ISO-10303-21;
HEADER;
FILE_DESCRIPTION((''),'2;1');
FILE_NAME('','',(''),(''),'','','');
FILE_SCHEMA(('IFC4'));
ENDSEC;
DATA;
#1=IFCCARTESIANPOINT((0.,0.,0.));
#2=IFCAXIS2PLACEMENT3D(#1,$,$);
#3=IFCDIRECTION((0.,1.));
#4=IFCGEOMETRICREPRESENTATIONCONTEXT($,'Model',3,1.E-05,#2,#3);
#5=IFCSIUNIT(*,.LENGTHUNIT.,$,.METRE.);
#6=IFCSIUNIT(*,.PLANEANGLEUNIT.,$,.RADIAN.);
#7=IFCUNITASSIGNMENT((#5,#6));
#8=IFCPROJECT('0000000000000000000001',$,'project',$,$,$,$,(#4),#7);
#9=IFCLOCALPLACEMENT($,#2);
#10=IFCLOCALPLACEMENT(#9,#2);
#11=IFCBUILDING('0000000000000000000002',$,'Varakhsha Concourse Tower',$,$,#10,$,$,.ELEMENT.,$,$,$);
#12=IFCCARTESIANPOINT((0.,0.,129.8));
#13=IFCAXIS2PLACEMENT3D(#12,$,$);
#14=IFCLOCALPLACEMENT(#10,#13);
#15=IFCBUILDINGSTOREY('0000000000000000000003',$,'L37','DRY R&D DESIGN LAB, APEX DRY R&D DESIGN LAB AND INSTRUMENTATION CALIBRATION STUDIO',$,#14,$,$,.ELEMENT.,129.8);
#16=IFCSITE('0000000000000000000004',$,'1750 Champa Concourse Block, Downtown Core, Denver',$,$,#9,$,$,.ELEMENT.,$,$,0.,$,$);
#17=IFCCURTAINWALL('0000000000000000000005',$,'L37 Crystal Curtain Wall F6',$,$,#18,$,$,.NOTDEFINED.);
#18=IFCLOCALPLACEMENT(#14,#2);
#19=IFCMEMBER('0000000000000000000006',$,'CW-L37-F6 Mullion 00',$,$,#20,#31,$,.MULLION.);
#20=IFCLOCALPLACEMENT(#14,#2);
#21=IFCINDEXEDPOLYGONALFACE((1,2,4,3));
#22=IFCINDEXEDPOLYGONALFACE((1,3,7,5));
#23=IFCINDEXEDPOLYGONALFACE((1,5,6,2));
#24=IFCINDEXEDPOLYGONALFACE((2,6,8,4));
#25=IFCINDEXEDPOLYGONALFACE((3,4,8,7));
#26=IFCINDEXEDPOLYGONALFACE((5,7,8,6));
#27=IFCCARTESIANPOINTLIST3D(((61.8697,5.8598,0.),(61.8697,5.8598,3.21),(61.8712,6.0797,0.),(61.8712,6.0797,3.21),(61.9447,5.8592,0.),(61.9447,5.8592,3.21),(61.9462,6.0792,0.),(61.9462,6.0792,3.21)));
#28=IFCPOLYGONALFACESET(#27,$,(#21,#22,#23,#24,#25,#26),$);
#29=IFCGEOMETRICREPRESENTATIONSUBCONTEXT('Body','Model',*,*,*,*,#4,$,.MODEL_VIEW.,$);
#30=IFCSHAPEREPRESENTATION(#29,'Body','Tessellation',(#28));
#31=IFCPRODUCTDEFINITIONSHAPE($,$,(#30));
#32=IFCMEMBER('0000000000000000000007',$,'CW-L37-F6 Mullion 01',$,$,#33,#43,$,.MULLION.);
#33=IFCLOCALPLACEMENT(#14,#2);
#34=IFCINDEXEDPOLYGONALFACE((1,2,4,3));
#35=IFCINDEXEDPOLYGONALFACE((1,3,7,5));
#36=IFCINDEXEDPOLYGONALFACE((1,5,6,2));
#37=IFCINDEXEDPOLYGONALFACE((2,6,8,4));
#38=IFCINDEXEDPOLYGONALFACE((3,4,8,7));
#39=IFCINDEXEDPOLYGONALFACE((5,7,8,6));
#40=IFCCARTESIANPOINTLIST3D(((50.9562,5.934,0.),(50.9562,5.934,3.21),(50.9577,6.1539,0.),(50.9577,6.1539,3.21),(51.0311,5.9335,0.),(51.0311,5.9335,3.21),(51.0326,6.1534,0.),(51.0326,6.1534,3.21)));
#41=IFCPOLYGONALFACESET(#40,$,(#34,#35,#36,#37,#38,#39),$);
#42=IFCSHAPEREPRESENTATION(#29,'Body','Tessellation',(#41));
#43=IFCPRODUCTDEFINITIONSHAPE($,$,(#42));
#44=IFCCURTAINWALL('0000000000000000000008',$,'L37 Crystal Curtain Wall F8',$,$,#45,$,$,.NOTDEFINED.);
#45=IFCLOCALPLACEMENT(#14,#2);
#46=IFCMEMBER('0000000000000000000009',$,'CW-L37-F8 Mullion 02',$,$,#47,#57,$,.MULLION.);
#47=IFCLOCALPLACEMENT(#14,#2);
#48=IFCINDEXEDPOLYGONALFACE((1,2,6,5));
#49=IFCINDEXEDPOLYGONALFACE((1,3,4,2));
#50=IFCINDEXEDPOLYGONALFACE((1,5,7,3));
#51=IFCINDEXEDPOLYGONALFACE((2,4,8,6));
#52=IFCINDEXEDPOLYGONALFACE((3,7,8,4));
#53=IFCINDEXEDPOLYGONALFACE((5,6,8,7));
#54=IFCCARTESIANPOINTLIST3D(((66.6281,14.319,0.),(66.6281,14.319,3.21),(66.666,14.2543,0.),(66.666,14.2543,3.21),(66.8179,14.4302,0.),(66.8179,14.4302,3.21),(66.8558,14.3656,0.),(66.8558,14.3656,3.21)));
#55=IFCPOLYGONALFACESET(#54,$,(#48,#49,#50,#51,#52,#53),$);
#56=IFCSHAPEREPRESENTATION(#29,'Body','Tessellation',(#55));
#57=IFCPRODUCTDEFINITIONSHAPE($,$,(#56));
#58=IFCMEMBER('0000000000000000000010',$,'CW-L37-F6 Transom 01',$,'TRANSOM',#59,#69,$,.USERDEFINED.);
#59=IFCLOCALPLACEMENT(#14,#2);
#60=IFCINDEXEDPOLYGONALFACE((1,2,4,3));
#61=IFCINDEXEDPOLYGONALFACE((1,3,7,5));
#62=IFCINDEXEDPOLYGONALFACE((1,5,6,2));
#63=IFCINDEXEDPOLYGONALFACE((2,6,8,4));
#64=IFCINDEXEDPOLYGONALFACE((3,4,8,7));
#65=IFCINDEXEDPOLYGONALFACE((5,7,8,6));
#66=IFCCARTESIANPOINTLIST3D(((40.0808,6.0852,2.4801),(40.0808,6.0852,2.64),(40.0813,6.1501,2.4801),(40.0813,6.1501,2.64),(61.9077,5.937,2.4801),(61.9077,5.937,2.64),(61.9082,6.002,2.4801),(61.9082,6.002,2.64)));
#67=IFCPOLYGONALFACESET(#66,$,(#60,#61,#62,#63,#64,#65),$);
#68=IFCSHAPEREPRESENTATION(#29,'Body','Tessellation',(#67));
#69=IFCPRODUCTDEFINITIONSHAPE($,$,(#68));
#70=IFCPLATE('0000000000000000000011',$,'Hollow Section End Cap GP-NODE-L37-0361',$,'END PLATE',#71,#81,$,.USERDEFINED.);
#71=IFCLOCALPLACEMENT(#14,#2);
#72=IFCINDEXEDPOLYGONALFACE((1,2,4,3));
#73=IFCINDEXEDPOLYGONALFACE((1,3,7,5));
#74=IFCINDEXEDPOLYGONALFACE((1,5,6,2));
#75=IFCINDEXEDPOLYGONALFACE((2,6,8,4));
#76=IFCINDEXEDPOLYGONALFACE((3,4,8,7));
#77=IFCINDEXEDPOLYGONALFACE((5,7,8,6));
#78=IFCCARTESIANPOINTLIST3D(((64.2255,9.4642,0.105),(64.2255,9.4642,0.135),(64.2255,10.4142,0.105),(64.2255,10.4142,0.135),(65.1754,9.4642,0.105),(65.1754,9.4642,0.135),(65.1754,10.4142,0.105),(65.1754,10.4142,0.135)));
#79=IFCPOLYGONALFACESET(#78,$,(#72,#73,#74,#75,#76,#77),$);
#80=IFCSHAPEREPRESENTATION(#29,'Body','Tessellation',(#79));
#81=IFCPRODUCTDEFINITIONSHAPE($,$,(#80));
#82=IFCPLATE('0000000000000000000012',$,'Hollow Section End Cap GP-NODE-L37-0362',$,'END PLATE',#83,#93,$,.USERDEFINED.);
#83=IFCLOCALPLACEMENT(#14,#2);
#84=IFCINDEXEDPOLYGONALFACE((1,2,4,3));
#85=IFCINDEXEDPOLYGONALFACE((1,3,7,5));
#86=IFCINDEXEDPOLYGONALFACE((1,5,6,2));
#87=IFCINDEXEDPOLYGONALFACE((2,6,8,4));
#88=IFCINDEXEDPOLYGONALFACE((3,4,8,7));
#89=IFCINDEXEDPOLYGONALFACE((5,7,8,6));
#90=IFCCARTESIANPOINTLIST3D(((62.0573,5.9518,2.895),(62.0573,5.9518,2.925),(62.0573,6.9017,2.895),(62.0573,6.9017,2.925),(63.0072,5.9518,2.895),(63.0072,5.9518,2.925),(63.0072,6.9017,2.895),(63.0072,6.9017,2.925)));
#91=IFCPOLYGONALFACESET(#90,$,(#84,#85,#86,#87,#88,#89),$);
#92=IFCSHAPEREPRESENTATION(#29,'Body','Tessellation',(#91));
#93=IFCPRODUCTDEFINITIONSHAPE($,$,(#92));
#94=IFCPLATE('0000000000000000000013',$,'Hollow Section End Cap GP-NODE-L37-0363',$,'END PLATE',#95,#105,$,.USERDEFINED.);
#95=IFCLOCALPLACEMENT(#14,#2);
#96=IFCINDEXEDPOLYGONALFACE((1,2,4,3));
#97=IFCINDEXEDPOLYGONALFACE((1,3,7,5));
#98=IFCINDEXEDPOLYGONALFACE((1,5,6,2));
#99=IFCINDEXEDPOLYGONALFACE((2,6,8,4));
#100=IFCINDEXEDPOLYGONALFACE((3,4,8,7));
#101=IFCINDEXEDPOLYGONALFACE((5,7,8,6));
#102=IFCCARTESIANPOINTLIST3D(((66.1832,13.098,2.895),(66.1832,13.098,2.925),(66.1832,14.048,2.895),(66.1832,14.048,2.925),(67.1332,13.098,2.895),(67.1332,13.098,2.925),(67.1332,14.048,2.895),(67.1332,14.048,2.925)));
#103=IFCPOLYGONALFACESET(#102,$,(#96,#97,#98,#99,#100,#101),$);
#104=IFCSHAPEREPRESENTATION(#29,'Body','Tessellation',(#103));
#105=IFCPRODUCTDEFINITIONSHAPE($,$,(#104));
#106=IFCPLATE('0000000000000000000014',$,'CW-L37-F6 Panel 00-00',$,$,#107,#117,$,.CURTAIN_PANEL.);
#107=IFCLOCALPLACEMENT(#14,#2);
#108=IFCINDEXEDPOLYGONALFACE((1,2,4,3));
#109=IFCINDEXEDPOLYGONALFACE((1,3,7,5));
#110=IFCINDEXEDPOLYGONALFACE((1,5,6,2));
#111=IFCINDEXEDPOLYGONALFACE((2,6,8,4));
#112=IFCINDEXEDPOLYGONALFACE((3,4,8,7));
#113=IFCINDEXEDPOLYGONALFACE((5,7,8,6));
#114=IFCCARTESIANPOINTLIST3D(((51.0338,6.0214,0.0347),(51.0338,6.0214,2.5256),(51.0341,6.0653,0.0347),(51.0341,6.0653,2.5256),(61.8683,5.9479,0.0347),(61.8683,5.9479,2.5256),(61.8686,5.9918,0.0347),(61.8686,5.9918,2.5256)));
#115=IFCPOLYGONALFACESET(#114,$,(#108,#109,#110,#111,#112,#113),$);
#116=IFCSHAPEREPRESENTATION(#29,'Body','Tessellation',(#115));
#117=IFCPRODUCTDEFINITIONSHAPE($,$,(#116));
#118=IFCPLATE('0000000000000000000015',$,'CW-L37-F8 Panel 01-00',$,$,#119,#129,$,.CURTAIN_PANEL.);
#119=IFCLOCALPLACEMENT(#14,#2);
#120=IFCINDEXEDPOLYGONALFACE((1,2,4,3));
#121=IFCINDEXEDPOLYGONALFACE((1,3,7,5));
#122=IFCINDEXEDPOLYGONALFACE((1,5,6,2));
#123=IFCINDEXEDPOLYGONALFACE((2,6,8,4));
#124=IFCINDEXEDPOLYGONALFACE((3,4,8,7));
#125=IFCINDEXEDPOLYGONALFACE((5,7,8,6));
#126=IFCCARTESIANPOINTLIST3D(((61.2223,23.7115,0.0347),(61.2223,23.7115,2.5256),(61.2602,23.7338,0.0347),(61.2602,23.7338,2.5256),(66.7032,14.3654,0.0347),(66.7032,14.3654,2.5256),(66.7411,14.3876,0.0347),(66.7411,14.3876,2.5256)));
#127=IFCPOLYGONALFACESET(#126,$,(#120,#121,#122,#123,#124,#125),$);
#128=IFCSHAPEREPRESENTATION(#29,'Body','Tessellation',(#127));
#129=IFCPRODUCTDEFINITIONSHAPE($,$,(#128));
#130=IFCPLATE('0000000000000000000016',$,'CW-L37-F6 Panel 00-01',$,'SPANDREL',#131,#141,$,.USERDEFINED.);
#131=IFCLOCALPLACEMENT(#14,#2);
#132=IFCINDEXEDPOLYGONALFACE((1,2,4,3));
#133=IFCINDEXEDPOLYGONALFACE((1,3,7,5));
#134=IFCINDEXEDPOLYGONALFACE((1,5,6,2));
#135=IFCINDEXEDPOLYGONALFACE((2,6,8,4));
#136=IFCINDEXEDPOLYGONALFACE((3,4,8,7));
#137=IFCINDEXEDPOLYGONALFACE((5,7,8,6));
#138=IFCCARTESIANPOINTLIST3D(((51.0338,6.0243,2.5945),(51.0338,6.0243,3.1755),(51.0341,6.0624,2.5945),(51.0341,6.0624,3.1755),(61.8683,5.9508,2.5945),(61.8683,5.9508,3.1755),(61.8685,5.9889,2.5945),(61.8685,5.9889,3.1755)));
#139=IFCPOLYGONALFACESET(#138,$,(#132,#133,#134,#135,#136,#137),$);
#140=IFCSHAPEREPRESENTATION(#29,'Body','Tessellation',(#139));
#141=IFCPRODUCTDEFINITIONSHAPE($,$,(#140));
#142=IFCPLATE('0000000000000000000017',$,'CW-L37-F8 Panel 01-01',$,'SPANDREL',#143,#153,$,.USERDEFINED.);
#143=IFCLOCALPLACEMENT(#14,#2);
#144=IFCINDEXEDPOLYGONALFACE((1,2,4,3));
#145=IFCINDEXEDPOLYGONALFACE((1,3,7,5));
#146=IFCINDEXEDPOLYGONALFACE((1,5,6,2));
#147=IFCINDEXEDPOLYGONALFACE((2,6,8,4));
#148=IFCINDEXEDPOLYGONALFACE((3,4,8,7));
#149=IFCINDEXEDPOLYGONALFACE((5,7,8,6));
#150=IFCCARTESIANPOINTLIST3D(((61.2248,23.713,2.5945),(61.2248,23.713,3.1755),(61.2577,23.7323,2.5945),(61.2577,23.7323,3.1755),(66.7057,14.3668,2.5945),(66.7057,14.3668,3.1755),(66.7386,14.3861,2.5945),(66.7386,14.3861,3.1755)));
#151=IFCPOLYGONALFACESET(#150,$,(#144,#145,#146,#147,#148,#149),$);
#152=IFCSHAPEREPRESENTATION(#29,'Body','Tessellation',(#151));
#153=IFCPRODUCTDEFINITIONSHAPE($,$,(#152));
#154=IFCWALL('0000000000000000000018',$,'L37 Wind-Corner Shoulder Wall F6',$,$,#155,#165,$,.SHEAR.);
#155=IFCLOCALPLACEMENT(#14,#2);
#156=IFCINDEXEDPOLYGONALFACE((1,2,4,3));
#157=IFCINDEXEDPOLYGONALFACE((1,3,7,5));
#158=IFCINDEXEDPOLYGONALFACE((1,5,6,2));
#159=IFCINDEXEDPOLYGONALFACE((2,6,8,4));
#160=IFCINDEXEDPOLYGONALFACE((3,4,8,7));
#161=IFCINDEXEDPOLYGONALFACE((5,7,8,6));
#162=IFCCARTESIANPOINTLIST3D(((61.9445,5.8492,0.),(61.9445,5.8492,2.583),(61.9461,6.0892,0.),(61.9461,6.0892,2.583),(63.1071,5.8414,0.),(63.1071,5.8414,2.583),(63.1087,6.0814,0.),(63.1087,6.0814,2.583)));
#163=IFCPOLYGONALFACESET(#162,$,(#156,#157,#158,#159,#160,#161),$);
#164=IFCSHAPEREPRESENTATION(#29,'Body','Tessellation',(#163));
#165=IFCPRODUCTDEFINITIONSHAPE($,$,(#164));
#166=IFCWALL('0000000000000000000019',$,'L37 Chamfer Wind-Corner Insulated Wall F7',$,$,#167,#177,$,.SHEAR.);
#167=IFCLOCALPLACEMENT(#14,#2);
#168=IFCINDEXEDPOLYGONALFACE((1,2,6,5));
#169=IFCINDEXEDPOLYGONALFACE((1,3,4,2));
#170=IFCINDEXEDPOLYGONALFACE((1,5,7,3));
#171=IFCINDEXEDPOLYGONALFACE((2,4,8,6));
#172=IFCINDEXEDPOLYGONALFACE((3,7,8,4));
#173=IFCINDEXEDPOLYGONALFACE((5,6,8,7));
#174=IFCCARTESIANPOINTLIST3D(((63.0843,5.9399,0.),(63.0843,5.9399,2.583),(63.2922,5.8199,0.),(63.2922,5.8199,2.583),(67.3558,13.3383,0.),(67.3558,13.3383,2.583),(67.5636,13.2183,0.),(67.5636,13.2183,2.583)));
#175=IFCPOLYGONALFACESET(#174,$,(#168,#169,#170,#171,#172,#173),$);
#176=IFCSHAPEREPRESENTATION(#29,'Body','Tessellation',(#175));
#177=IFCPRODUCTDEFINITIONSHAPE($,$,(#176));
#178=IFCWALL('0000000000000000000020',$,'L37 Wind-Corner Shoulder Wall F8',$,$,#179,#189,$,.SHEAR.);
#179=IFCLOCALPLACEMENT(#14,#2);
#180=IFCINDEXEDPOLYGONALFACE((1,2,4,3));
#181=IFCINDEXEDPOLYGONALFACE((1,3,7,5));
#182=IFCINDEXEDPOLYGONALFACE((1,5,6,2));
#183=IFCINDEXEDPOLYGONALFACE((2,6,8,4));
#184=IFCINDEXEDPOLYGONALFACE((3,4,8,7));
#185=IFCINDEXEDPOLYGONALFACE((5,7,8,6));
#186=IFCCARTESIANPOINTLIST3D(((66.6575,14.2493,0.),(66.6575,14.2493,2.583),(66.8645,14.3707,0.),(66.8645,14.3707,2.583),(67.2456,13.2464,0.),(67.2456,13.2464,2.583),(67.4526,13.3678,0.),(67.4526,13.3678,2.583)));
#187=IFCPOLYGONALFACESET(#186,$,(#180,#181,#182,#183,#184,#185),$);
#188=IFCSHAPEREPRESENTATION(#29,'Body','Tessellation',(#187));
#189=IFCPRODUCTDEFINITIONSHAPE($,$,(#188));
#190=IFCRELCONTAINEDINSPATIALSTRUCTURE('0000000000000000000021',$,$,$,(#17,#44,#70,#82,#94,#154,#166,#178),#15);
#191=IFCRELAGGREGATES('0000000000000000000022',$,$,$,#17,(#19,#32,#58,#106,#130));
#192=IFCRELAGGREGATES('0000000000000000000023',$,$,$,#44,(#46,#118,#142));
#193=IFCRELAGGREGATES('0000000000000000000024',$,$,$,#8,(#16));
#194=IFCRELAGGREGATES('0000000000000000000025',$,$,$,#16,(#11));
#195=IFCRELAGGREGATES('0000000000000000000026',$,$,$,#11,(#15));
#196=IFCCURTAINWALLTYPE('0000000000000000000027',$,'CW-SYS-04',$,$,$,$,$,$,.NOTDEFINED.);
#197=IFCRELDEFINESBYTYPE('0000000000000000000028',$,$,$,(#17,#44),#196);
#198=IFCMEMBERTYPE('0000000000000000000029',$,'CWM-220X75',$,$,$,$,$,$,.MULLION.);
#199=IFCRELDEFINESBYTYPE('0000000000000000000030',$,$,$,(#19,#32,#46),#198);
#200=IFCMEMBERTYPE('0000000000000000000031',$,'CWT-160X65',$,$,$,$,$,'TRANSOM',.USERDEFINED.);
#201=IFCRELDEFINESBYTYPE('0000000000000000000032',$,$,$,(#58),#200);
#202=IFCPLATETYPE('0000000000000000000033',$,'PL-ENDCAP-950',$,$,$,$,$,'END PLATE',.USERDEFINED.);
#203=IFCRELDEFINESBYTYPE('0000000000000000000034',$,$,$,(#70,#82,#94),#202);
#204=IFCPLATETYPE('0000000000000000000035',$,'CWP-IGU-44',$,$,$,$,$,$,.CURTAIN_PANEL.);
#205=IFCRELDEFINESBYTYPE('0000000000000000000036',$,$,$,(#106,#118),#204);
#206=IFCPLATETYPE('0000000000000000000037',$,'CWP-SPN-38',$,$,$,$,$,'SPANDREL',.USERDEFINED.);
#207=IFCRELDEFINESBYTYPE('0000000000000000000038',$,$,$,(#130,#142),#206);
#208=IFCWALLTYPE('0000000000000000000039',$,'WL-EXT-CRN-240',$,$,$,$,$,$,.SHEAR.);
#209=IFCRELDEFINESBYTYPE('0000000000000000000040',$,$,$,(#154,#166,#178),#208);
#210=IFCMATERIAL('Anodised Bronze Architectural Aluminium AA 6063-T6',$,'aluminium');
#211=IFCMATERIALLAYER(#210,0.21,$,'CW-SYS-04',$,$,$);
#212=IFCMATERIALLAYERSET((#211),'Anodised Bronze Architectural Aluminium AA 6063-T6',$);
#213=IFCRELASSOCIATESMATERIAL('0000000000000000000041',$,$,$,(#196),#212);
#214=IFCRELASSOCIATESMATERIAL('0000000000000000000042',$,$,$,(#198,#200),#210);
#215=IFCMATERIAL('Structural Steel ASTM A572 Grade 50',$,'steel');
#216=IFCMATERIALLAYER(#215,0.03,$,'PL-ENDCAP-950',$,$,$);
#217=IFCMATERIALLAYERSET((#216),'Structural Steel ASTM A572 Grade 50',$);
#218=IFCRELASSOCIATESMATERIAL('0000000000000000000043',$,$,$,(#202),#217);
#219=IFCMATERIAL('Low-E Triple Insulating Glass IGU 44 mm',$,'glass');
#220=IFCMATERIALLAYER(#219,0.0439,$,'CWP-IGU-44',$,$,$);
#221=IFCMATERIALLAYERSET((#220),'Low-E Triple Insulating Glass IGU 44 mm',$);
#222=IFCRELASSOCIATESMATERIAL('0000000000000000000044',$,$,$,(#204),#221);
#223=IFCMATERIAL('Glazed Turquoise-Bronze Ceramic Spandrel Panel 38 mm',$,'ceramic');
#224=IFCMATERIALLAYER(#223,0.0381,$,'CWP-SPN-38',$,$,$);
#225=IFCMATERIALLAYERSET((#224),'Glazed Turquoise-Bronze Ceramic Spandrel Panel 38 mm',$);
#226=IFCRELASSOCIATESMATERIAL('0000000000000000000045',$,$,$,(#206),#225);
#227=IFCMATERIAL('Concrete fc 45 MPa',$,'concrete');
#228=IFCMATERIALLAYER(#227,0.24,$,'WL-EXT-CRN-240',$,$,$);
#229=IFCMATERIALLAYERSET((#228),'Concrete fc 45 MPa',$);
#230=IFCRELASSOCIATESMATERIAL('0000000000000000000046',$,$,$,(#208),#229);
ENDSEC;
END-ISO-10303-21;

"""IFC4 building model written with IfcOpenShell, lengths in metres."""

from ifc_helpers import new_model, si_unit, direction, frame, frame_2d, origin, origin_2d, place, context, subcontext, project, spatial, rectangle, extrude, source, transform, mapped, material, layer, layer_set, material_profile, profile_set, type_object, type_shapes, element, aggregate, save


model = new_model("IFC4")

# Units and contexts
model_context = context("Model", 3, precision=1e-05, world=origin(), true_north=direction((0.0, 1.0)))
body_context = subcontext(model_context, "Body", "Model", "MODEL_VIEW")
ifc_project = project(units=[si_unit("LENGTHUNIT", "METRE"), si_unit("PLANEANGLEUNIT", "RADIAN")], contexts=[model_context])

# Site, building, storey
site_placement = place(None, origin())
site = spatial("IfcSite", under=ifc_project, at=site_placement, Name="1750 Champa Concourse Block, Downtown Core, Denver", CompositionType="ELEMENT", RefElevation=0.0)
building_placement = place(site_placement, origin())
building = spatial("IfcBuilding", under=site, at=building_placement, Name="Varakhsha Concourse Tower", CompositionType="ELEMENT")
storey_placement = place(building_placement, frame((0.0, 0.0, 129.8)))
storey = spatial("IfcBuildingStorey", under=building, at=storey_placement, Name="L37", Description="DRY R&D DESIGN LAB, APEX DRY R&D DESIGN LAB AND INSTRUMENTATION CALIBRATION STUDIO", CompositionType="ELEMENT", Elevation=129.8)

# Shared definitions
ifc_material_1 = material(Name="Structural Steel ASTM A572 Grade 50", Category="steel")

# Curtain wall, members
ifc_material_2 = material(Name="Anodised Bronze Architectural Aluminium AA 6063-T6", Category="aluminium")
ifc_layer_1 = layer(ifc_material_2, 0.21, Name="CW-SYS-04")
ifc_layer_set_1 = layer_set([ifc_layer_1], Name="Anodised Bronze Architectural Aluminium AA 6063-T6")
curtain_wall_type = type_object("IfcCurtainWallType", Name="CW-SYS-04", PredefinedType="NOTDEFINED", material=ifc_layer_set_1)
curtain_wall_1_placement = place(storey_placement, origin())
curtain_wall_1 = element("IfcCurtainWall", 1, at=curtain_wall_1_placement, inside=storey, type_object=curtain_wall_type, Name="L37 Crystal Curtain Wall F6", PredefinedType="NOTDEFINED")
ifc_material_profile_1 = material_profile(ifc_material_2, rectangle(XDim=0.075, YDim=0.22, at=origin_2d()), Name="CWM-220X75")
ifc_profile_set_1 = profile_set([ifc_material_profile_1], Name="Anodised Bronze Architectural Aluminium AA 6063-T6")
member_type_1 = type_object("IfcMemberType", Name="CWM-220X75", PredefinedType="MULLION", material=ifc_profile_set_1)
shared_shape_1 = source(origin(), body_context, "Body", "SweptSolid", [
    extrude(rectangle(XDim=0.075, YDim=0.22, at=origin_2d()), origin(), (0.0, 0.0, 1.0), 3.21),
])
type_shapes(member_type_1, [shared_shape_1])
member_1_placement = place(storey_placement, frame((61.908, 5.9695, 0.0), z_axis=(0.0, 0.0, 1.0), x_axis=(-0.999977, 0.006786, 0.0)))
member_1 = element("IfcMember", 2, at=member_1_placement, type_object=member_type_1, Name="CW-L37-F6 Mullion 00", PredefinedType="MULLION", context=body_context, shape_type="MappedRepresentation", body=[
    mapped(shared_shape_1, transform((0.0, 0.0, 0.0), scale=1.0)),
])
member_2_placement = place(storey_placement, frame((50.9944, 6.0437, 0.0), z_axis=(0.0, 0.0, 1.0), x_axis=(-0.999977, 0.006786, 0.0)))
member_2 = element("IfcMember", 3, at=member_2_placement, type_object=member_type_1, Name="CW-L37-F6 Mullion 01", PredefinedType="MULLION", context=body_context, shape_type="MappedRepresentation", body=[
    mapped(shared_shape_1, transform((0.0, 0.0, 0.0), scale=1.0)),
])

# Curtain wall, member
curtain_wall_2_placement = place(storey_placement, origin())
curtain_wall_2 = element("IfcCurtainWall", 4, at=curtain_wall_2_placement, inside=storey, type_object=curtain_wall_type, Name="L37 Crystal Curtain Wall F8", PredefinedType="NOTDEFINED")
member_3_placement = place(storey_placement, frame((66.7419, 14.3423, 0.0), z_axis=(0.0, 0.0, 1.0), x_axis=(0.505862, -0.862614, 0.0)))
member_3 = element("IfcMember", 5, at=member_3_placement, type_object=member_type_1, Name="CW-L37-F8 Mullion 02", PredefinedType="MULLION", context=body_context, shape_type="MappedRepresentation", body=[
    mapped(shared_shape_1, transform((0.0, 0.0, 0.0), scale=1.0)),
])

# Member
ifc_material_profile_2 = material_profile(ifc_material_2, rectangle(XDim=0.0649, YDim=0.1599, at=origin_2d()), Name="CWT-160X65")
ifc_profile_set_2 = profile_set([ifc_material_profile_2], Name="Anodised Bronze Architectural Aluminium AA 6063-T6")
member_type_2 = type_object("IfcMemberType", Name="CWT-160X65", ElementType="TRANSOM", PredefinedType="USERDEFINED", material=ifc_profile_set_2)
shared_shape_2 = source(origin(), body_context, "Body", "SweptSolid", [
    extrude(rectangle(XDim=0.0649, YDim=0.1599, at=origin_2d()), origin(), (0.0, 0.0, 1.0), 21.8274),
])
type_shapes(member_type_2, [shared_shape_2])
member_4_placement = place(storey_placement, frame((61.908, 5.9695, 2.5601), z_axis=(-0.999977, 0.006789, 0.0), x_axis=(-0.006789, -0.999977, 0.0)))
member_4 = element("IfcMember", 6, at=member_4_placement, type_object=member_type_2, Name="CW-L37-F6 Transom 01", ObjectType="TRANSOM", PredefinedType="USERDEFINED", context=body_context, shape_type="MappedRepresentation", body=[
    mapped(shared_shape_2, transform((0.0, 0.0, 0.0), scale=1.0)),
])

# Plates
ifc_layer_2 = layer(ifc_material_1, 0.03, Name="PL-ENDCAP-950")
ifc_layer_set_2 = layer_set([ifc_layer_2], Name="Structural Steel ASTM A572 Grade 50")
plate_type_1 = type_object("IfcPlateType", Name="PL-ENDCAP-950", ElementType="END PLATE", PredefinedType="USERDEFINED", material=ifc_layer_set_2)
shared_shape_3 = source(origin(), body_context, "Body", "SweptSolid", [
    extrude(rectangle(XDim=0.95, YDim=0.95, at=origin_2d()), origin(), (0.0, 0.0, 1.0), 0.03),
])
type_shapes(plate_type_1, [shared_shape_3])
for number, where, z_axis, x_axis, name in (
    (7, (64.7004, 9.9392, 0.105), (0.0, 0.0, 1.0), (1.0, 0.0, 0.0), "Hollow Section End Cap GP-NODE-L37-0361"),
    (8, (62.5322, 6.4268, 2.895), (0.0, 0.0, 1.0), (1.0, 0.0, 0.0), "Hollow Section End Cap GP-NODE-L37-0362"),
    (9, (66.6582, 13.573, 2.895), (0.0, 0.0, 1.0), (1.0, 0.0, 0.0), "Hollow Section End Cap GP-NODE-L37-0363"),
):
    element("IfcPlate", number, at=place(storey_placement, frame(where, z_axis=z_axis, x_axis=x_axis)), inside=storey, type_object=plate_type_1, Name=name, ObjectType="END PLATE", PredefinedType="USERDEFINED", context=body_context, shape_type="MappedRepresentation", body=[
        mapped(shared_shape_3, transform((0.0, 0.0, 0.0), scale=1.0)),
    ])

# Plates
ifc_material_3 = material(Name="Low-E Triple Insulating Glass IGU 44 mm", Category="glass")
ifc_layer_3 = layer(ifc_material_3, 0.0439, Name="CWP-IGU-44")
ifc_layer_set_3 = layer_set([ifc_layer_3], Name="Low-E Triple Insulating Glass IGU 44 mm")
plate_type_2 = type_object("IfcPlateType", Name="CWP-IGU-44", PredefinedType="CURTAIN_PANEL", material=ifc_layer_set_3)
shared_shape_4 = source(origin(), body_context, "Body", "SweptSolid", [
    extrude(rectangle(XDim=10.8347, YDim=0.0439, at=origin_2d()), origin(), (0.0, 0.0, 1.0), 2.491),
])
type_shapes(plate_type_2, [shared_shape_4])
plate_1_placement = place(storey_placement, frame((56.4512, 6.0066, 0.0347), z_axis=(0.0, 0.0, 1.0), x_axis=(-0.999977, 0.006786, 0.0)))
plate_1 = element("IfcPlate", 10, at=plate_1_placement, type_object=plate_type_2, Name="CW-L37-F6 Panel 00-00", PredefinedType="CURTAIN_PANEL", context=body_context, shape_type="MappedRepresentation", body=[
    mapped(shared_shape_4, transform((0.0, 0.0, 0.0), scale=1.0)),
])
plate_2_placement = place(storey_placement, frame((63.9817, 19.0496, 0.0347), z_axis=(0.0, 0.0, 1.0), x_axis=(0.505862, -0.862614, 0.0)))
plate_2 = element("IfcPlate", 11, at=plate_2_placement, type_object=plate_type_2, Name="CW-L37-F8 Panel 01-00", PredefinedType="CURTAIN_PANEL", context=body_context, shape_type="MappedRepresentation", body=[
    mapped(shared_shape_4, transform((0.0, 0.0, 0.0), scale=1.0)),
])
ifc_material_4 = material(Name="Glazed Turquoise-Bronze Ceramic Spandrel Panel 38 mm", Category="ceramic")
ifc_layer_4 = layer(ifc_material_4, 0.0381, Name="CWP-SPN-38")
ifc_layer_set_4 = layer_set([ifc_layer_4], Name="Glazed Turquoise-Bronze Ceramic Spandrel Panel 38 mm")
plate_type_3 = type_object("IfcPlateType", Name="CWP-SPN-38", ElementType="SPANDREL", PredefinedType="USERDEFINED", material=ifc_layer_set_4)
shared_shape_5 = source(origin(), body_context, "Body", "SweptSolid", [
    extrude(rectangle(XDim=10.8347, YDim=0.0381, at=origin_2d()), origin(), (0.0, 0.0, 1.0), 0.5811),
])
type_shapes(plate_type_3, [shared_shape_5])
plate_3_placement = place(storey_placement, frame((56.4512, 6.0066, 2.5945), z_axis=(0.0, 0.0, 1.0), x_axis=(-0.999977, 0.006786, 0.0)))
plate_3 = element("IfcPlate", 12, at=plate_3_placement, type_object=plate_type_3, Name="CW-L37-F6 Panel 00-01", ObjectType="SPANDREL", PredefinedType="USERDEFINED", context=body_context, shape_type="MappedRepresentation", body=[
    mapped(shared_shape_5, transform((0.0, 0.0, 0.0), scale=1.0)),
])
aggregate(curtain_wall_1, [member_1, member_2, member_4, plate_1, plate_3])
plate_4_placement = place(storey_placement, frame((63.9817, 19.0496, 2.5945), z_axis=(0.0, 0.0, 1.0), x_axis=(0.505862, -0.862614, 0.0)))
plate_4 = element("IfcPlate", 13, at=plate_4_placement, type_object=plate_type_3, Name="CW-L37-F8 Panel 01-01", ObjectType="SPANDREL", PredefinedType="USERDEFINED", context=body_context, shape_type="MappedRepresentation", body=[
    mapped(shared_shape_5, transform((0.0, 0.0, 0.0), scale=1.0)),
])
aggregate(curtain_wall_2, [member_3, plate_2, plate_4])

# Walls
ifc_material_5 = material(Name="Concrete fc 45 MPa", Category="concrete")
ifc_layer_5 = layer(ifc_material_5, 0.24, Name="WL-EXT-CRN-240")
ifc_layer_set_5 = layer_set([ifc_layer_5], Name="Concrete fc 45 MPa")
wall_type = type_object("IfcWallType", Name="WL-EXT-CRN-240", PredefinedType="SHEAR", material=ifc_layer_set_5)
wall_1_placement = place(storey_placement, frame((61.9453, 5.9692, 0.0), z_axis=(0.0, 0.0, 1.0), x_axis=(0.999977, -0.00672, 0.0)))
element("IfcWall", 14, at=wall_1_placement, inside=storey, type_object=wall_type, Name="L37 Wind-Corner Shoulder Wall F6", PredefinedType="SHEAR", context=body_context, shape_type="SweptSolid", body=[
    extrude(rectangle(XDim=1.1626, YDim=0.24, at=frame_2d((0.5813, 0.0))), origin(), (0.0, 0.0, 1.0), 2.583),
])
wall_2_placement = place(storey_placement, frame((67.4597, 13.2783, 0.0), z_axis=(0.0, 0.0, 1.0), x_axis=(-0.5, -0.866026, 0.0)))
element("IfcWall", 15, at=wall_2_placement, inside=storey, type_object=wall_type, Name="L37 Chamfer Wind-Corner Insulated Wall F7", PredefinedType="SHEAR", context=body_context, shape_type="SweptSolid", body=[
    extrude(rectangle(XDim=8.543, YDim=0.24, at=frame_2d((4.2715, 0.0))), origin(), (0.0, 0.0, 1.0), 2.583),
])
wall_3_placement = place(storey_placement, frame((67.3491, 13.3071, 0.0), z_axis=(0.0, 0.0, 1.0), x_axis=(-0.505854, 0.862619, 0.0)))
element("IfcWall", 16, at=wall_3_placement, inside=storey, type_object=wall_type, Name="L37 Wind-Corner Shoulder Wall F8", PredefinedType="SHEAR", context=body_context, shape_type="SweptSolid", body=[
    extrude(rectangle(XDim=1.1626, YDim=0.24, at=frame_2d((0.5813, 0.0))), origin(), (0.0, 0.0, 1.0), 2.583),
])

save(model, "model.ifc")
